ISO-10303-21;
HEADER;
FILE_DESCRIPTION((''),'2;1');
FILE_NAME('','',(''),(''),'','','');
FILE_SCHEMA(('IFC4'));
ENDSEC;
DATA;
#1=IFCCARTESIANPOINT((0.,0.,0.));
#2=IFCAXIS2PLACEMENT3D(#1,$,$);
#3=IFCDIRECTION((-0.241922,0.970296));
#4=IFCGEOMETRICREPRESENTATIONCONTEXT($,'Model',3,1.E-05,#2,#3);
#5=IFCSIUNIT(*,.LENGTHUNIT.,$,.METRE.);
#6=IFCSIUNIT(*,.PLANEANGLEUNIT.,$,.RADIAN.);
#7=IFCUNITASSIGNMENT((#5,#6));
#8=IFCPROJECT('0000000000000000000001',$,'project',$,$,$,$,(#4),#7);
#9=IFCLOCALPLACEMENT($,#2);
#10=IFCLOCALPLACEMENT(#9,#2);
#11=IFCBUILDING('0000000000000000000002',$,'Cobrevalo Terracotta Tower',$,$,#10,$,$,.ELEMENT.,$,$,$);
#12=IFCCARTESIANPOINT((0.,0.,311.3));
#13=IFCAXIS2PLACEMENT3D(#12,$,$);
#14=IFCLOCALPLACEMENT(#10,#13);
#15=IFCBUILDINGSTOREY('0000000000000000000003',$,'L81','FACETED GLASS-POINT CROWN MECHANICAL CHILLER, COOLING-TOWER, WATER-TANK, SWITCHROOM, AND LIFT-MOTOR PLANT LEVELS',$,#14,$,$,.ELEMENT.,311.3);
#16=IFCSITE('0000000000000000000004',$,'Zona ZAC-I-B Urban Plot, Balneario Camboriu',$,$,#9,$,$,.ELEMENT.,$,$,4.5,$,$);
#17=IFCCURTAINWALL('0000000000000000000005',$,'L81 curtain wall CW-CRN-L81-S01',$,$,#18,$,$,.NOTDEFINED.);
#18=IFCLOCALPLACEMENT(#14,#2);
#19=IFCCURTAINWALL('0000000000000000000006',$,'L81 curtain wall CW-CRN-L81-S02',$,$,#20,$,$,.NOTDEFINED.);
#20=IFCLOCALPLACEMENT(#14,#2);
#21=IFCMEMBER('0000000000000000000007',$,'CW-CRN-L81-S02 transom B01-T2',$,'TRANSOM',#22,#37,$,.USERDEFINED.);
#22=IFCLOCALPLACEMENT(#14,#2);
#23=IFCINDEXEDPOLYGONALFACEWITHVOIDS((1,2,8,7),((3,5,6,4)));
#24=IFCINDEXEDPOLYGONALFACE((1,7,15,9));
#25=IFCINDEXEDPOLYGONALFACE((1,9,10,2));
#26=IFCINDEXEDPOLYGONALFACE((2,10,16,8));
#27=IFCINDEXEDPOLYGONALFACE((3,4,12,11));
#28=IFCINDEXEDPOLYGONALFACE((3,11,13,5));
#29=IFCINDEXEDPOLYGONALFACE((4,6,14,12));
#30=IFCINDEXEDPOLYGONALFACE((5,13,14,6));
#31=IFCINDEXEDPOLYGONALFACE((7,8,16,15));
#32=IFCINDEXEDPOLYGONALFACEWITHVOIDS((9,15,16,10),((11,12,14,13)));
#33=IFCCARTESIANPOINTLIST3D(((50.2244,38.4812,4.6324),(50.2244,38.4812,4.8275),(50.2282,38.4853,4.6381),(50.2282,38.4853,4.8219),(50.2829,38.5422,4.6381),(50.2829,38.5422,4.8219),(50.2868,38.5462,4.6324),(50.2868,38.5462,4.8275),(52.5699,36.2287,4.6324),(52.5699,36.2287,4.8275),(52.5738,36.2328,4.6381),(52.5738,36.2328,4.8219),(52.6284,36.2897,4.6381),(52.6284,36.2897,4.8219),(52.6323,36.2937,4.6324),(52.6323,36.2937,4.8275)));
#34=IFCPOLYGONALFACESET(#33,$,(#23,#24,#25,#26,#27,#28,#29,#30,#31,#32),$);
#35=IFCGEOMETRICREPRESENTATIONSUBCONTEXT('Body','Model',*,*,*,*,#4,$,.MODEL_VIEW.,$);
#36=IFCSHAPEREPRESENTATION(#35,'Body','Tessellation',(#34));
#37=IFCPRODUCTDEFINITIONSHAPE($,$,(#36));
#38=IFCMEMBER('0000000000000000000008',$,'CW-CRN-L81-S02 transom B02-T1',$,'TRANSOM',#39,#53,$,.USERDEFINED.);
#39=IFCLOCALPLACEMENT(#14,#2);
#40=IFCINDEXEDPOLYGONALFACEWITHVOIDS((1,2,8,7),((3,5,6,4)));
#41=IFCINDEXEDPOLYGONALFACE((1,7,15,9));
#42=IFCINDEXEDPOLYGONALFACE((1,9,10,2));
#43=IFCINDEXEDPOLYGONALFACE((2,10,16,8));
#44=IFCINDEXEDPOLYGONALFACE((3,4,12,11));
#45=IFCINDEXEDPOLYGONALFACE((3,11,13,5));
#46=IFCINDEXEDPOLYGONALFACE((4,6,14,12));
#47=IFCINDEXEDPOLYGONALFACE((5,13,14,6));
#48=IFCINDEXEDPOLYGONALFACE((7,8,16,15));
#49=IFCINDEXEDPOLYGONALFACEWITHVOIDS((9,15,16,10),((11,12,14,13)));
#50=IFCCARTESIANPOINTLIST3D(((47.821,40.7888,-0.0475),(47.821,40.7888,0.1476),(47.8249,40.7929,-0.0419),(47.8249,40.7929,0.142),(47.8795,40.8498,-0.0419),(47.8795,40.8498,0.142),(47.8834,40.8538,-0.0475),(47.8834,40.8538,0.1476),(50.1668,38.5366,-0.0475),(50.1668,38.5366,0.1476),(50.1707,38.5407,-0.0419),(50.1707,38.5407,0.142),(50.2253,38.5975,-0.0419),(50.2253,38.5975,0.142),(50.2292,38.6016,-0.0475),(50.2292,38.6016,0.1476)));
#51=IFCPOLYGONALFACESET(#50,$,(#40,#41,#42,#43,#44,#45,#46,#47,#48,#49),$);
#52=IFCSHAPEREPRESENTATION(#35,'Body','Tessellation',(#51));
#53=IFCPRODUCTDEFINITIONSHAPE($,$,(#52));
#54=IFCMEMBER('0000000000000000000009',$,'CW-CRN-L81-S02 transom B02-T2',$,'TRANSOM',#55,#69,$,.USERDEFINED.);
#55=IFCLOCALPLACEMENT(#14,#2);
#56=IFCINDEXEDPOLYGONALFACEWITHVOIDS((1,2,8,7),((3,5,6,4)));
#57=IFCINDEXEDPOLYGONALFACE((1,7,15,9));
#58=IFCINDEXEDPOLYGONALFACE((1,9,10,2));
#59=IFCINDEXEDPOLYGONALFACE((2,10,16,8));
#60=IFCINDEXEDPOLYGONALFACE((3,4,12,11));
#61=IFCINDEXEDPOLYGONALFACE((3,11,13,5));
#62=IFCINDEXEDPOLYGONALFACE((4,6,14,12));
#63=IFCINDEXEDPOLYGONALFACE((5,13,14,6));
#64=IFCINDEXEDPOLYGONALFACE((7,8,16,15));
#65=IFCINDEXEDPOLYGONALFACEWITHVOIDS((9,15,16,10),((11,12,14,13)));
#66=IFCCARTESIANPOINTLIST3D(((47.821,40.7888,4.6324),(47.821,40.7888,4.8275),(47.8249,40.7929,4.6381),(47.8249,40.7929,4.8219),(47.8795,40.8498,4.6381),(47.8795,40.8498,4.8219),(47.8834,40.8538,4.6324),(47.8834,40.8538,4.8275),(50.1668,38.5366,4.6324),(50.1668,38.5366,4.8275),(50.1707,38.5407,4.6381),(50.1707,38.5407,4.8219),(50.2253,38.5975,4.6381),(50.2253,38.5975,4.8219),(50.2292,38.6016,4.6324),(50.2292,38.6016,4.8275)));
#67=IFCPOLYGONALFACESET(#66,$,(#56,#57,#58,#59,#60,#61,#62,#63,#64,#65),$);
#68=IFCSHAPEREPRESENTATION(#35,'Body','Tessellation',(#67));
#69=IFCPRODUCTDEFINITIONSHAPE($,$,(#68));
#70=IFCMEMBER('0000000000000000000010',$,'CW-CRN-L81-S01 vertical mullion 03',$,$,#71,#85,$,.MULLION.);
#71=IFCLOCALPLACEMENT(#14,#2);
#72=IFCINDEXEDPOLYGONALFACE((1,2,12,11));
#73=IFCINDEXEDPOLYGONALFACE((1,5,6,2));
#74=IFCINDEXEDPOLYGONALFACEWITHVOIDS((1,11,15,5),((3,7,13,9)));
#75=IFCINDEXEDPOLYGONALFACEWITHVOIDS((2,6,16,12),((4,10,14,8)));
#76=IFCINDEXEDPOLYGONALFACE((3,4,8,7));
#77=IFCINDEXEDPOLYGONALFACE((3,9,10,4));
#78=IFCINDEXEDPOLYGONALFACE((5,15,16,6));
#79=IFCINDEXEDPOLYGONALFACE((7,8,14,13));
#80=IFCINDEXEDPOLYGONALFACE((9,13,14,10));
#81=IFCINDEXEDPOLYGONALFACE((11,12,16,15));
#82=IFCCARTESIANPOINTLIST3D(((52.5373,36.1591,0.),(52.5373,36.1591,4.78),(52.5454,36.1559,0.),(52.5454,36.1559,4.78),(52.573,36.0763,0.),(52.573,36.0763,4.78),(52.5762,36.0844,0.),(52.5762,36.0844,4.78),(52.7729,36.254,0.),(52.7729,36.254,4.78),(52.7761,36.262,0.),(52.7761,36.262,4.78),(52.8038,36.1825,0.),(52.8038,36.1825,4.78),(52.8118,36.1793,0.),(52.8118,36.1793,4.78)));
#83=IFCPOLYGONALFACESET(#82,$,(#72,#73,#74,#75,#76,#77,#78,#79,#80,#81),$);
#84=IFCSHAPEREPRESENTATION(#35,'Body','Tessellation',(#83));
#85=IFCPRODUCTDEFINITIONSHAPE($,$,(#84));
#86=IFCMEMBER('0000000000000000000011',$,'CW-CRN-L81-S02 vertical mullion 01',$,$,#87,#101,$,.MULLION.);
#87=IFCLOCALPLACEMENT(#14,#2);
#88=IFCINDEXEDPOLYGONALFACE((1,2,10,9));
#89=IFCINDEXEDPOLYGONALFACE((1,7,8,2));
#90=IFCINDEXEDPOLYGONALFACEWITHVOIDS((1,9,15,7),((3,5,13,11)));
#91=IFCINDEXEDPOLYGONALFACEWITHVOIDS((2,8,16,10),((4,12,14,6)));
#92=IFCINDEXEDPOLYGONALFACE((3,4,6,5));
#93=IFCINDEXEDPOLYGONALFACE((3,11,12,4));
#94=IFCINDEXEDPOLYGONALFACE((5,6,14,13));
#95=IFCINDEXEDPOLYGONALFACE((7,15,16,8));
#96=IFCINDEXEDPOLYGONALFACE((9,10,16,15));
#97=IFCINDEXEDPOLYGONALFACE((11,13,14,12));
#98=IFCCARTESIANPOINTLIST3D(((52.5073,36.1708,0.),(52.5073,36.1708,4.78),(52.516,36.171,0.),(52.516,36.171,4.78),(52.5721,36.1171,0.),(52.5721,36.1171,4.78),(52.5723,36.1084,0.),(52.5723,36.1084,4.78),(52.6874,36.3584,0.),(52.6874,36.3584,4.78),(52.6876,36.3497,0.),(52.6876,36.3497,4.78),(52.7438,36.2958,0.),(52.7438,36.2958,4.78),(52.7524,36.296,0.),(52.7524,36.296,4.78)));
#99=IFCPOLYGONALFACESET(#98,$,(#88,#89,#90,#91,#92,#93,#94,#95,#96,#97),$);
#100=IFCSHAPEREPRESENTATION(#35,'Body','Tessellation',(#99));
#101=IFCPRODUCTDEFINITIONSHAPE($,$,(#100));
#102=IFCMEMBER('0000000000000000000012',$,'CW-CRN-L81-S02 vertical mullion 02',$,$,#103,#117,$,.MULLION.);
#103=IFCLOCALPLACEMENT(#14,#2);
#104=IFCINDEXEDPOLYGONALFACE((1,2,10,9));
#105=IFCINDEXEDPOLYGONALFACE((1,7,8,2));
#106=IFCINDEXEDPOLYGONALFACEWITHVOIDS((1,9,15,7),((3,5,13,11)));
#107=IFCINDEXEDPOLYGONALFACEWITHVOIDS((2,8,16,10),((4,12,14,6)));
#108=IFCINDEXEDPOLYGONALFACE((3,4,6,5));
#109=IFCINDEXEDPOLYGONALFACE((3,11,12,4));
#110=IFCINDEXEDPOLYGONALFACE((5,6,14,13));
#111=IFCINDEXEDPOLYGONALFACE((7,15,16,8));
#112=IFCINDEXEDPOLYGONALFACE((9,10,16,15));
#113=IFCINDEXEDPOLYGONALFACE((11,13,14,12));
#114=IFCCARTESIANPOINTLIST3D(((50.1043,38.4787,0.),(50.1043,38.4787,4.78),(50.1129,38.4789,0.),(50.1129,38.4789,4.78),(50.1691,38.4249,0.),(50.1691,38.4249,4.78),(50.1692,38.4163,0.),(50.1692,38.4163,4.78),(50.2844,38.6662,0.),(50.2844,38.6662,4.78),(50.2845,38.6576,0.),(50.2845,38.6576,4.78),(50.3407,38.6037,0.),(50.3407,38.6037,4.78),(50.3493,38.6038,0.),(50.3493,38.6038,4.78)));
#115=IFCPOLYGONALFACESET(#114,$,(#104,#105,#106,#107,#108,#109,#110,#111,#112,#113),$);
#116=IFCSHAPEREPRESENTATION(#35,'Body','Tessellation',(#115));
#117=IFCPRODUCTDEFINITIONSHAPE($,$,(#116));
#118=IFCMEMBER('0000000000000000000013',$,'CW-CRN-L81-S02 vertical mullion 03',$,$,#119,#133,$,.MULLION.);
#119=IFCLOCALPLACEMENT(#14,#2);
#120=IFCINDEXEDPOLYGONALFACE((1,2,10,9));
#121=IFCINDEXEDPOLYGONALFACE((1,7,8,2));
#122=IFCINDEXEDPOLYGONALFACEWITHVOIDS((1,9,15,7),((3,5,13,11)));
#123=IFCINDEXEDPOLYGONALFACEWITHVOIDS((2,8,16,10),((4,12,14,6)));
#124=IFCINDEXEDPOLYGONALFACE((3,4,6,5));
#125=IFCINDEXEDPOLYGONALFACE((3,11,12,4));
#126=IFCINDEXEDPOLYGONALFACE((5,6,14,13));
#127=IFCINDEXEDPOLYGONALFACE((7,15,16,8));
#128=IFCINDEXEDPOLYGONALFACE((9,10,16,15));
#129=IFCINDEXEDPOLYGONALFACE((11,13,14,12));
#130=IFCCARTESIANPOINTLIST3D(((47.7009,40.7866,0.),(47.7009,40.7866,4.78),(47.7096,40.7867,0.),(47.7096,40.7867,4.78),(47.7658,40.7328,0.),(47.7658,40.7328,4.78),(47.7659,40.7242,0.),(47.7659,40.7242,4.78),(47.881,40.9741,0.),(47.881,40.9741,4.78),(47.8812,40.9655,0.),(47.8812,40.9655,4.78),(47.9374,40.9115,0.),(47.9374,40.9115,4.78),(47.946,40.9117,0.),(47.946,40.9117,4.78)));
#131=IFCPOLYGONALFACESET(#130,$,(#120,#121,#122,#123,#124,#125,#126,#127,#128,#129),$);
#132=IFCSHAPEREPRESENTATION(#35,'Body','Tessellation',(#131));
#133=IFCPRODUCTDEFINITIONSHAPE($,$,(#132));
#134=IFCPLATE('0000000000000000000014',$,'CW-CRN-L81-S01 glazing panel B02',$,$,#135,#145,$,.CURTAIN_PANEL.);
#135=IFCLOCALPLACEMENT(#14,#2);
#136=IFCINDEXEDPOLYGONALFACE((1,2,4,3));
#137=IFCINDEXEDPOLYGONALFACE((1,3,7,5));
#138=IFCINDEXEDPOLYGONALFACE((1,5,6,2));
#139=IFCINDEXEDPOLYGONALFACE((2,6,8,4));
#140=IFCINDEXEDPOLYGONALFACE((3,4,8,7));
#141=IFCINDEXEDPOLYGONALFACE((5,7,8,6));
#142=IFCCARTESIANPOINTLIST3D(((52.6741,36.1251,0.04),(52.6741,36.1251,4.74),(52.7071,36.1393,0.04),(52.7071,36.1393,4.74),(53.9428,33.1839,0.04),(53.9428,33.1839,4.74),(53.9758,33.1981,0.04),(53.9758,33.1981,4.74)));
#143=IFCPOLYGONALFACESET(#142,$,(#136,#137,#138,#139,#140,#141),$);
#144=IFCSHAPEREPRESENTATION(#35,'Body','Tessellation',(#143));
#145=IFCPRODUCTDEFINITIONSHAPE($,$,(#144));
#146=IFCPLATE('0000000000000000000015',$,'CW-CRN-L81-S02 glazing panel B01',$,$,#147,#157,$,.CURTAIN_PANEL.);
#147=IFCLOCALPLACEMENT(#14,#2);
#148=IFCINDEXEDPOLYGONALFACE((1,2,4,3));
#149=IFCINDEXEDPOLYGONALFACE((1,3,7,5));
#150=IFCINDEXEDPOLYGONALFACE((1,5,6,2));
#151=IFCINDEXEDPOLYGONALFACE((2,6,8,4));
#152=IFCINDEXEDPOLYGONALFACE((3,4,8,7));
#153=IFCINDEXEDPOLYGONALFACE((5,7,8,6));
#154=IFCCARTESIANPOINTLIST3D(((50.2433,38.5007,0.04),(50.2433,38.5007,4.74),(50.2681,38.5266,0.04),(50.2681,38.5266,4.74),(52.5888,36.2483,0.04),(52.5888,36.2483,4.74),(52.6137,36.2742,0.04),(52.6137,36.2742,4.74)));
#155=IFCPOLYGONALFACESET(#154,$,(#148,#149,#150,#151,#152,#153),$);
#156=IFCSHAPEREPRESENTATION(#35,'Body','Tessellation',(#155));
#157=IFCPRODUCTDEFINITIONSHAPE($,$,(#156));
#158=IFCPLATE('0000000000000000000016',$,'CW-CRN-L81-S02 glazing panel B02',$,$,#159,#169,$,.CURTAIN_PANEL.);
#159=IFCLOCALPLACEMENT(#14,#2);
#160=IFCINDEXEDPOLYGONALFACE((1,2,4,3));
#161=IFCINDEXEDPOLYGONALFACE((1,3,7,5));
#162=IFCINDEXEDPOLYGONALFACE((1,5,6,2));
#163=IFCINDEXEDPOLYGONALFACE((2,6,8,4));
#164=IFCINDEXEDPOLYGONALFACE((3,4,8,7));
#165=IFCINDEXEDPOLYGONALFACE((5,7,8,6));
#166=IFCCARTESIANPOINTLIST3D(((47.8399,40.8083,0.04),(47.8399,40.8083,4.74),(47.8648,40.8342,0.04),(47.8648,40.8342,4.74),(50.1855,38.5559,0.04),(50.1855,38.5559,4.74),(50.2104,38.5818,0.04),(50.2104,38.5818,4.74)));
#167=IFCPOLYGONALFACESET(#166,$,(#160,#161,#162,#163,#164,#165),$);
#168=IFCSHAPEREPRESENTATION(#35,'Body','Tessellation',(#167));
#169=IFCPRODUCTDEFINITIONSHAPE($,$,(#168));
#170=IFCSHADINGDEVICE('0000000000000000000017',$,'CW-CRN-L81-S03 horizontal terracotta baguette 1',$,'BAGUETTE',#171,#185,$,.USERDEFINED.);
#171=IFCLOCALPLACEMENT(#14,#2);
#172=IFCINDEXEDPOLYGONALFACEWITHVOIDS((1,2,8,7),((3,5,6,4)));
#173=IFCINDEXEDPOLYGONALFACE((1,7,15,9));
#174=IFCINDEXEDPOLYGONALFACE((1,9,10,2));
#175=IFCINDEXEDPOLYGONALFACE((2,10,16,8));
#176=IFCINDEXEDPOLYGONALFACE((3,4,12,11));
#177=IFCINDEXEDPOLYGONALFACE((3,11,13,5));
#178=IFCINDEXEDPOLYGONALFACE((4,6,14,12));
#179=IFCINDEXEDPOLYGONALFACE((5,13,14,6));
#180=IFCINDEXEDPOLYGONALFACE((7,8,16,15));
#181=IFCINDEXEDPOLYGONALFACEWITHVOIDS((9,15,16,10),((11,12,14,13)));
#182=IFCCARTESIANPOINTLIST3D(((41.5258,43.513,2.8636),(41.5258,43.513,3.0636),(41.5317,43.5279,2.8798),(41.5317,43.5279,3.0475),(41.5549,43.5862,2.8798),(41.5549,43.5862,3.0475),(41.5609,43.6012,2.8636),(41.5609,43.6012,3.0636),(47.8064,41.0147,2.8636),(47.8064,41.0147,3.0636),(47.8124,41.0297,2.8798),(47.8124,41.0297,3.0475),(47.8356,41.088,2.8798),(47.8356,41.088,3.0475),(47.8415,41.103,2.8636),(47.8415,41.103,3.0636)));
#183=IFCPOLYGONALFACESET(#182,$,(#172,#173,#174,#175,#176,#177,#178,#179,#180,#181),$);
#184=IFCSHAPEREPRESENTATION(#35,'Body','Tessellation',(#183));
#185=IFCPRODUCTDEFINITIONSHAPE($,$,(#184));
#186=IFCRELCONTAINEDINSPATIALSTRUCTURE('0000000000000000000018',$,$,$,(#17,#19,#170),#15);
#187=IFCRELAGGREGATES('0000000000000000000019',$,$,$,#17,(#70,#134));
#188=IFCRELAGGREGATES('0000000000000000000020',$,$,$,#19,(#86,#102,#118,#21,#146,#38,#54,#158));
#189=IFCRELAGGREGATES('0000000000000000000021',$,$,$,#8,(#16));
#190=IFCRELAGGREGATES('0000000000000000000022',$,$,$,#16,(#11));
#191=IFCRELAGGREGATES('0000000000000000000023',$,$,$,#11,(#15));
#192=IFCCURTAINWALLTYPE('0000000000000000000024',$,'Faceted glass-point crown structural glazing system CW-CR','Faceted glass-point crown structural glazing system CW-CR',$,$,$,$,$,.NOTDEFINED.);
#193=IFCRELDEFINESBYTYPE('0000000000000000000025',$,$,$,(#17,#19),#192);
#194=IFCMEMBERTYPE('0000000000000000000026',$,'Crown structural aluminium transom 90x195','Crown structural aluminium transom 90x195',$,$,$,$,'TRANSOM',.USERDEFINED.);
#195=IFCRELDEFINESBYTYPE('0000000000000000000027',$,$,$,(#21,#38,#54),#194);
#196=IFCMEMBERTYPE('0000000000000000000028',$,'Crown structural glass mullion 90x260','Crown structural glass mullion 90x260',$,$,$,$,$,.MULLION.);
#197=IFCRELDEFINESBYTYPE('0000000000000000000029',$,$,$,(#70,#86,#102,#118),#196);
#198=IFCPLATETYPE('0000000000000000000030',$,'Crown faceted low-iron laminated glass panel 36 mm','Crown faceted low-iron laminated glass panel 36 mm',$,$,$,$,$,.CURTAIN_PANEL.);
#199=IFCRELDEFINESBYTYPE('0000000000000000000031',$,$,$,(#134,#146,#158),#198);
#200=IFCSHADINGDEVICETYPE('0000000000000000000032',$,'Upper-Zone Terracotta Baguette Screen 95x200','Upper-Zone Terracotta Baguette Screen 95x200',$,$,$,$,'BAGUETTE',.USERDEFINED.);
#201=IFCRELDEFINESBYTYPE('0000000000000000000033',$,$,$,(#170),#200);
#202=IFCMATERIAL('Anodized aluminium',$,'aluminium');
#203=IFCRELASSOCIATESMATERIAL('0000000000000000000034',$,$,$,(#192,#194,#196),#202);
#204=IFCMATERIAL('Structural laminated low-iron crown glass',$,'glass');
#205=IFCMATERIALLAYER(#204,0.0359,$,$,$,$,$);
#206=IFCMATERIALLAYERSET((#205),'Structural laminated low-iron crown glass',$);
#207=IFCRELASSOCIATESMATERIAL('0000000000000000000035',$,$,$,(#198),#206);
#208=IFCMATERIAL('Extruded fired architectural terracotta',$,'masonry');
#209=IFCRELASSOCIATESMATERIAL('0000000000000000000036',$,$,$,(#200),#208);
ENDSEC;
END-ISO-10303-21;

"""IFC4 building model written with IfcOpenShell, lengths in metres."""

from ifc_helpers import new_model, si_unit, direction, frame, origin, origin_2d, place, context, subcontext, project, spatial, rectangle, hollow_rectangle, extrude, source, transform, mapped, material, layer, layer_set, material_profile, profile_set, type_object, element, aggregate, save


model = new_model("IFC4")

# Units and contexts
model_context = context("Model", 3, precision=1e-05, world=origin(), true_north=direction((-0.241922, 0.970296)))
body_context = subcontext(model_context, "Body", "Model", "MODEL_VIEW")
ifc_project = project(units=[si_unit("LENGTHUNIT", "METRE"), si_unit("PLANEANGLEUNIT", "RADIAN")], contexts=[model_context])

# Site, building, storey
site_placement = place(None, origin())
site = spatial("IfcSite", under=ifc_project, at=site_placement, Name="Zona ZAC-I-B Urban Plot, Balneario Camboriu", CompositionType="ELEMENT", RefElevation=4.5)
building_placement = place(site_placement, origin())
building = spatial("IfcBuilding", under=site, at=building_placement, Name="Cobrevalo Terracotta Tower", CompositionType="ELEMENT")
storey_placement = place(building_placement, frame((0.0, 0.0, 311.3)))
storey = spatial("IfcBuildingStorey", under=building, at=storey_placement, Name="L81", Description="FACETED GLASS-POINT CROWN MECHANICAL CHILLER, COOLING-TOWER, WATER-TANK, SWITCHROOM, AND LIFT-MOTOR PLANT LEVELS", CompositionType="ELEMENT", Elevation=311.3)

# Curtain wall
ifc_material_1 = material(Name="Anodized aluminium", Category="aluminium")
curtain_wall_type = type_object("IfcCurtainWallType", Name="Faceted glass-point crown structural glazing system CW-CR", Description="Faceted glass-point crown structural glazing system CW-CR", PredefinedType="NOTDEFINED", material=ifc_material_1)
curtain_wall_1_placement = place(storey_placement, origin())
curtain_wall_1 = element("IfcCurtainWall", 1, at=curtain_wall_1_placement, inside=storey, type_object=curtain_wall_type, Name="L81 curtain wall CW-CRN-L81-S01", PredefinedType="NOTDEFINED")
ifc_material_profile_1 = material_profile(ifc_material_1, hollow_rectangle(XDim=0.0901, YDim=0.1951, WallThickness=0.0056, at=origin_2d()), Name="CWT 90x195")
ifc_profile_set_1 = profile_set([ifc_material_profile_1], Name="Anodized aluminium")
member_type_1 = type_object("IfcMemberType", Name="Crown structural aluminium transom 90x195", Description="Crown structural aluminium transom 90x195", ElementType="TRANSOM", PredefinedType="USERDEFINED", material=ifc_profile_set_1)

# Curtain wall, members
curtain_wall_2_placement = place(storey_placement, origin())
curtain_wall_2 = element("IfcCurtainWall", 2, at=curtain_wall_2_placement, inside=storey, type_object=curtain_wall_type, Name="L81 curtain wall CW-CRN-L81-S02", PredefinedType="NOTDEFINED")
shared_shape_1 = source(origin(), body_context, "Body", "SweptSolid", [
    extrude(hollow_rectangle(XDim=0.0901, YDim=0.1951, WallThickness=0.0056, at=origin_2d()), origin(), (0.0, 0.0, 1.0), 3.252),
])
member_1_placement = place(storey_placement, frame((52.6011, 36.2612, 4.73), z_axis=(-0.721264, 0.69266, 0.0), x_axis=(-0.69266, -0.721264, 0.0)))
member_1 = element("IfcMember", 3, at=member_1_placement, type_object=member_type_1, Name="CW-CRN-L81-S02 transom B01-T2", ObjectType="TRANSOM", PredefinedType="USERDEFINED", context=body_context, shape_type="MappedRepresentation", body=[
    mapped(shared_shape_1, transform((0.0, 0.0, 0.0), scale=1.0)),
])
member_2_placement = place(storey_placement, frame((50.198, 38.5691, 0.05), z_axis=(-0.721338, 0.692583, 0.0), x_axis=(-0.692583, -0.721338, 0.0)))
member_2 = element("IfcMember", 4, at=member_2_placement, type_object=member_type_1, Name="CW-CRN-L81-S02 transom B02-T1", ObjectType="TRANSOM", PredefinedType="USERDEFINED", context=body_context, shape_type="MappedRepresentation", body=[
    mapped(shared_shape_1, transform((0.0, 0.0, 0.0), scale=1.0)),
])
member_3_placement = place(storey_placement, frame((50.198, 38.5691, 4.73), z_axis=(-0.721338, 0.692583, 0.0), x_axis=(-0.692583, -0.721338, 0.0)))
member_3 = element("IfcMember", 5, at=member_3_placement, type_object=member_type_1, Name="CW-CRN-L81-S02 transom B02-T2", ObjectType="TRANSOM", PredefinedType="USERDEFINED", context=body_context, shape_type="MappedRepresentation", body=[
    mapped(shared_shape_1, transform((0.0, 0.0, 0.0), scale=1.0)),
])

# Members
ifc_material_profile_2 = material_profile(ifc_material_1, hollow_rectangle(XDim=0.0901, YDim=0.26, WallThickness=0.0061, at=origin_2d()), Name="CWM 90x260")
ifc_profile_set_2 = profile_set([ifc_material_profile_2], Name="Anodized aluminium")
member_type_2 = type_object("IfcMemberType", Name="Crown structural glass mullion 90x260", Description="Crown structural glass mullion 90x260", PredefinedType="MULLION", material=ifc_profile_set_2)
shared_shape_2 = source(origin(), body_context, "Body", "SweptSolid", [
    extrude(hollow_rectangle(XDim=0.0901, YDim=0.26, WallThickness=0.0061, at=origin_2d()), origin(), (0.0, 0.0, 1.0), 4.78),
])
member_4_placement = place(storey_placement, frame((52.6746, 36.1692, 0.0), z_axis=(0.0, 0.0, 1.0), x_axis=(-0.396058, 0.918225, 0.0)))
member_4 = element("IfcMember", 6, at=member_4_placement, type_object=member_type_2, Name="CW-CRN-L81-S01 vertical mullion 03", PredefinedType="MULLION", context=body_context, shape_type="MappedRepresentation", body=[
    mapped(shared_shape_2, transform((0.0, 0.0, 0.0), scale=1.0)),
])
member_5_placement = place(storey_placement, frame((52.6299, 36.2334, 0.0), z_axis=(0.0, 0.0, 1.0), x_axis=(-0.721277, 0.692647, 0.0)))
member_5 = element("IfcMember", 7, at=member_5_placement, type_object=member_type_2, Name="CW-CRN-L81-S02 vertical mullion 01", PredefinedType="MULLION", context=body_context, shape_type="MappedRepresentation", body=[
    mapped(shared_shape_2, transform((0.0, 0.0, 0.0), scale=1.0)),
])
member_6_placement = place(storey_placement, frame((50.2268, 38.5413, 0.0), z_axis=(0.0, 0.0, 1.0), x_axis=(-0.721277, 0.692647, 0.0)))
member_6 = element("IfcMember", 8, at=member_6_placement, type_object=member_type_2, Name="CW-CRN-L81-S02 vertical mullion 02", PredefinedType="MULLION", context=body_context, shape_type="MappedRepresentation", body=[
    mapped(shared_shape_2, transform((0.0, 0.0, 0.0), scale=1.0)),
])
member_7_placement = place(storey_placement, frame((47.8235, 40.8491, 0.0), z_axis=(0.0, 0.0, 1.0), x_axis=(-0.721277, 0.692647, 0.0)))
member_7 = element("IfcMember", 9, at=member_7_placement, type_object=member_type_2, Name="CW-CRN-L81-S02 vertical mullion 03", PredefinedType="MULLION", context=body_context, shape_type="MappedRepresentation", body=[
    mapped(shared_shape_2, transform((0.0, 0.0, 0.0), scale=1.0)),
])

# Plates
ifc_material_2 = material(Name="Structural laminated low-iron crown glass", Category="glass")
ifc_layer_1 = layer(ifc_material_2, 0.0359)
ifc_layer_set_1 = layer_set([ifc_layer_1], Name="Structural laminated low-iron crown glass")
plate_type = type_object("IfcPlateType", Name="Crown faceted low-iron laminated glass panel 36 mm", Description="Crown faceted low-iron laminated glass panel 36 mm", PredefinedType="CURTAIN_PANEL", material=ifc_layer_set_1)
shared_shape_3 = source(origin(), body_context, "Body", "SweptSolid", [
    extrude(rectangle(XDim=3.2031, YDim=0.0359, at=origin_2d()), origin(), (0.0, 0.0, 1.0), 4.7),
])
plate_1_placement = place(storey_placement, frame((53.325, 34.6616, 0.04), z_axis=(0.0, 0.0, 1.0), x_axis=(-0.396066, 0.918222, 0.0)))
plate_1 = element("IfcPlate", 10, at=plate_1_placement, type_object=plate_type, Name="CW-CRN-L81-S01 glazing panel B02", PredefinedType="CURTAIN_PANEL", context=body_context, shape_type="MappedRepresentation", body=[
    mapped(shared_shape_3, transform((0.0, 0.0, 0.0), scale=1.0)),
])
aggregate(curtain_wall_1, [member_4, plate_1])
shared_shape_4 = source(origin(), body_context, "Body", "SweptSolid", [
    extrude(rectangle(XDim=3.252, YDim=0.0359, at=origin_2d()), origin(), (0.0, 0.0, 1.0), 4.7),
])
plate_2_placement = place(storey_placement, frame((51.4285, 37.3875, 0.04), z_axis=(0.0, 0.0, 1.0), x_axis=(-0.72128, 0.692643, 0.0)))
plate_2 = element("IfcPlate", 11, at=plate_2_placement, type_object=plate_type, Name="CW-CRN-L81-S02 glazing panel B01", PredefinedType="CURTAIN_PANEL", context=body_context, shape_type="MappedRepresentation", body=[
    mapped(shared_shape_4, transform((0.0, 0.0, 0.0), scale=1.0)),
])
plate_3_placement = place(storey_placement, frame((49.0251, 39.6951, 0.04), z_axis=(0.0, 0.0, 1.0), x_axis=(-0.72128, 0.692643, 0.0)))
plate_3 = element("IfcPlate", 12, at=plate_3_placement, type_object=plate_type, Name="CW-CRN-L81-S02 glazing panel B02", PredefinedType="CURTAIN_PANEL", context=body_context, shape_type="MappedRepresentation", body=[
    mapped(shared_shape_4, transform((0.0, 0.0, 0.0), scale=1.0)),
])
aggregate(curtain_wall_2, [member_5, member_6, member_7, member_1, plate_2, member_2, member_3, plate_3])

# Shading device
ifc_material_3 = material(Name="Extruded fired architectural terracotta", Category="masonry")
ifc_material_profile_3 = material_profile(ifc_material_3, hollow_rectangle(XDim=0.095, YDim=0.2, WallThickness=0.0161, at=origin_2d()), Name="BAGUETTE 95x200")
ifc_profile_set_3 = profile_set([ifc_material_profile_3], Name="Extruded fired architectural terracotta")
shading_device_type = type_object("IfcShadingDeviceType", Name="Upper-Zone Terracotta Baguette Screen 95x200", Description="Upper-Zone Terracotta Baguette Screen 95x200", ElementType="BAGUETTE", PredefinedType="USERDEFINED", material=ifc_profile_set_3)
shared_shape_5 = source(origin(), body_context, "Body", "SweptSolid", [
    extrude(hollow_rectangle(XDim=0.095, YDim=0.2, WallThickness=0.0161, at=origin_2d()), origin(), (0.0, 0.0, 1.0), 6.7593),
])
for number, where, z_axis, x_axis, name in (
    (13, (47.824, 41.0588, 2.9636), (-0.92919, 0.369603, 0.0), (-0.369603, -0.92919, 0.0), "CW-CRN-L81-S03 horizontal terracotta baguette 1"),
):
    element("IfcShadingDevice", number, at=place(storey_placement, frame(where, z_axis=z_axis, x_axis=x_axis)), inside=storey, type_object=shading_device_type, Name=name, ObjectType="BAGUETTE", PredefinedType="USERDEFINED", context=body_context, shape_type="MappedRepresentation", body=[
        mapped(shared_shape_5, transform((0.0, 0.0, 0.0), scale=1.0)),
    ])

save(model, "model.ifc")
